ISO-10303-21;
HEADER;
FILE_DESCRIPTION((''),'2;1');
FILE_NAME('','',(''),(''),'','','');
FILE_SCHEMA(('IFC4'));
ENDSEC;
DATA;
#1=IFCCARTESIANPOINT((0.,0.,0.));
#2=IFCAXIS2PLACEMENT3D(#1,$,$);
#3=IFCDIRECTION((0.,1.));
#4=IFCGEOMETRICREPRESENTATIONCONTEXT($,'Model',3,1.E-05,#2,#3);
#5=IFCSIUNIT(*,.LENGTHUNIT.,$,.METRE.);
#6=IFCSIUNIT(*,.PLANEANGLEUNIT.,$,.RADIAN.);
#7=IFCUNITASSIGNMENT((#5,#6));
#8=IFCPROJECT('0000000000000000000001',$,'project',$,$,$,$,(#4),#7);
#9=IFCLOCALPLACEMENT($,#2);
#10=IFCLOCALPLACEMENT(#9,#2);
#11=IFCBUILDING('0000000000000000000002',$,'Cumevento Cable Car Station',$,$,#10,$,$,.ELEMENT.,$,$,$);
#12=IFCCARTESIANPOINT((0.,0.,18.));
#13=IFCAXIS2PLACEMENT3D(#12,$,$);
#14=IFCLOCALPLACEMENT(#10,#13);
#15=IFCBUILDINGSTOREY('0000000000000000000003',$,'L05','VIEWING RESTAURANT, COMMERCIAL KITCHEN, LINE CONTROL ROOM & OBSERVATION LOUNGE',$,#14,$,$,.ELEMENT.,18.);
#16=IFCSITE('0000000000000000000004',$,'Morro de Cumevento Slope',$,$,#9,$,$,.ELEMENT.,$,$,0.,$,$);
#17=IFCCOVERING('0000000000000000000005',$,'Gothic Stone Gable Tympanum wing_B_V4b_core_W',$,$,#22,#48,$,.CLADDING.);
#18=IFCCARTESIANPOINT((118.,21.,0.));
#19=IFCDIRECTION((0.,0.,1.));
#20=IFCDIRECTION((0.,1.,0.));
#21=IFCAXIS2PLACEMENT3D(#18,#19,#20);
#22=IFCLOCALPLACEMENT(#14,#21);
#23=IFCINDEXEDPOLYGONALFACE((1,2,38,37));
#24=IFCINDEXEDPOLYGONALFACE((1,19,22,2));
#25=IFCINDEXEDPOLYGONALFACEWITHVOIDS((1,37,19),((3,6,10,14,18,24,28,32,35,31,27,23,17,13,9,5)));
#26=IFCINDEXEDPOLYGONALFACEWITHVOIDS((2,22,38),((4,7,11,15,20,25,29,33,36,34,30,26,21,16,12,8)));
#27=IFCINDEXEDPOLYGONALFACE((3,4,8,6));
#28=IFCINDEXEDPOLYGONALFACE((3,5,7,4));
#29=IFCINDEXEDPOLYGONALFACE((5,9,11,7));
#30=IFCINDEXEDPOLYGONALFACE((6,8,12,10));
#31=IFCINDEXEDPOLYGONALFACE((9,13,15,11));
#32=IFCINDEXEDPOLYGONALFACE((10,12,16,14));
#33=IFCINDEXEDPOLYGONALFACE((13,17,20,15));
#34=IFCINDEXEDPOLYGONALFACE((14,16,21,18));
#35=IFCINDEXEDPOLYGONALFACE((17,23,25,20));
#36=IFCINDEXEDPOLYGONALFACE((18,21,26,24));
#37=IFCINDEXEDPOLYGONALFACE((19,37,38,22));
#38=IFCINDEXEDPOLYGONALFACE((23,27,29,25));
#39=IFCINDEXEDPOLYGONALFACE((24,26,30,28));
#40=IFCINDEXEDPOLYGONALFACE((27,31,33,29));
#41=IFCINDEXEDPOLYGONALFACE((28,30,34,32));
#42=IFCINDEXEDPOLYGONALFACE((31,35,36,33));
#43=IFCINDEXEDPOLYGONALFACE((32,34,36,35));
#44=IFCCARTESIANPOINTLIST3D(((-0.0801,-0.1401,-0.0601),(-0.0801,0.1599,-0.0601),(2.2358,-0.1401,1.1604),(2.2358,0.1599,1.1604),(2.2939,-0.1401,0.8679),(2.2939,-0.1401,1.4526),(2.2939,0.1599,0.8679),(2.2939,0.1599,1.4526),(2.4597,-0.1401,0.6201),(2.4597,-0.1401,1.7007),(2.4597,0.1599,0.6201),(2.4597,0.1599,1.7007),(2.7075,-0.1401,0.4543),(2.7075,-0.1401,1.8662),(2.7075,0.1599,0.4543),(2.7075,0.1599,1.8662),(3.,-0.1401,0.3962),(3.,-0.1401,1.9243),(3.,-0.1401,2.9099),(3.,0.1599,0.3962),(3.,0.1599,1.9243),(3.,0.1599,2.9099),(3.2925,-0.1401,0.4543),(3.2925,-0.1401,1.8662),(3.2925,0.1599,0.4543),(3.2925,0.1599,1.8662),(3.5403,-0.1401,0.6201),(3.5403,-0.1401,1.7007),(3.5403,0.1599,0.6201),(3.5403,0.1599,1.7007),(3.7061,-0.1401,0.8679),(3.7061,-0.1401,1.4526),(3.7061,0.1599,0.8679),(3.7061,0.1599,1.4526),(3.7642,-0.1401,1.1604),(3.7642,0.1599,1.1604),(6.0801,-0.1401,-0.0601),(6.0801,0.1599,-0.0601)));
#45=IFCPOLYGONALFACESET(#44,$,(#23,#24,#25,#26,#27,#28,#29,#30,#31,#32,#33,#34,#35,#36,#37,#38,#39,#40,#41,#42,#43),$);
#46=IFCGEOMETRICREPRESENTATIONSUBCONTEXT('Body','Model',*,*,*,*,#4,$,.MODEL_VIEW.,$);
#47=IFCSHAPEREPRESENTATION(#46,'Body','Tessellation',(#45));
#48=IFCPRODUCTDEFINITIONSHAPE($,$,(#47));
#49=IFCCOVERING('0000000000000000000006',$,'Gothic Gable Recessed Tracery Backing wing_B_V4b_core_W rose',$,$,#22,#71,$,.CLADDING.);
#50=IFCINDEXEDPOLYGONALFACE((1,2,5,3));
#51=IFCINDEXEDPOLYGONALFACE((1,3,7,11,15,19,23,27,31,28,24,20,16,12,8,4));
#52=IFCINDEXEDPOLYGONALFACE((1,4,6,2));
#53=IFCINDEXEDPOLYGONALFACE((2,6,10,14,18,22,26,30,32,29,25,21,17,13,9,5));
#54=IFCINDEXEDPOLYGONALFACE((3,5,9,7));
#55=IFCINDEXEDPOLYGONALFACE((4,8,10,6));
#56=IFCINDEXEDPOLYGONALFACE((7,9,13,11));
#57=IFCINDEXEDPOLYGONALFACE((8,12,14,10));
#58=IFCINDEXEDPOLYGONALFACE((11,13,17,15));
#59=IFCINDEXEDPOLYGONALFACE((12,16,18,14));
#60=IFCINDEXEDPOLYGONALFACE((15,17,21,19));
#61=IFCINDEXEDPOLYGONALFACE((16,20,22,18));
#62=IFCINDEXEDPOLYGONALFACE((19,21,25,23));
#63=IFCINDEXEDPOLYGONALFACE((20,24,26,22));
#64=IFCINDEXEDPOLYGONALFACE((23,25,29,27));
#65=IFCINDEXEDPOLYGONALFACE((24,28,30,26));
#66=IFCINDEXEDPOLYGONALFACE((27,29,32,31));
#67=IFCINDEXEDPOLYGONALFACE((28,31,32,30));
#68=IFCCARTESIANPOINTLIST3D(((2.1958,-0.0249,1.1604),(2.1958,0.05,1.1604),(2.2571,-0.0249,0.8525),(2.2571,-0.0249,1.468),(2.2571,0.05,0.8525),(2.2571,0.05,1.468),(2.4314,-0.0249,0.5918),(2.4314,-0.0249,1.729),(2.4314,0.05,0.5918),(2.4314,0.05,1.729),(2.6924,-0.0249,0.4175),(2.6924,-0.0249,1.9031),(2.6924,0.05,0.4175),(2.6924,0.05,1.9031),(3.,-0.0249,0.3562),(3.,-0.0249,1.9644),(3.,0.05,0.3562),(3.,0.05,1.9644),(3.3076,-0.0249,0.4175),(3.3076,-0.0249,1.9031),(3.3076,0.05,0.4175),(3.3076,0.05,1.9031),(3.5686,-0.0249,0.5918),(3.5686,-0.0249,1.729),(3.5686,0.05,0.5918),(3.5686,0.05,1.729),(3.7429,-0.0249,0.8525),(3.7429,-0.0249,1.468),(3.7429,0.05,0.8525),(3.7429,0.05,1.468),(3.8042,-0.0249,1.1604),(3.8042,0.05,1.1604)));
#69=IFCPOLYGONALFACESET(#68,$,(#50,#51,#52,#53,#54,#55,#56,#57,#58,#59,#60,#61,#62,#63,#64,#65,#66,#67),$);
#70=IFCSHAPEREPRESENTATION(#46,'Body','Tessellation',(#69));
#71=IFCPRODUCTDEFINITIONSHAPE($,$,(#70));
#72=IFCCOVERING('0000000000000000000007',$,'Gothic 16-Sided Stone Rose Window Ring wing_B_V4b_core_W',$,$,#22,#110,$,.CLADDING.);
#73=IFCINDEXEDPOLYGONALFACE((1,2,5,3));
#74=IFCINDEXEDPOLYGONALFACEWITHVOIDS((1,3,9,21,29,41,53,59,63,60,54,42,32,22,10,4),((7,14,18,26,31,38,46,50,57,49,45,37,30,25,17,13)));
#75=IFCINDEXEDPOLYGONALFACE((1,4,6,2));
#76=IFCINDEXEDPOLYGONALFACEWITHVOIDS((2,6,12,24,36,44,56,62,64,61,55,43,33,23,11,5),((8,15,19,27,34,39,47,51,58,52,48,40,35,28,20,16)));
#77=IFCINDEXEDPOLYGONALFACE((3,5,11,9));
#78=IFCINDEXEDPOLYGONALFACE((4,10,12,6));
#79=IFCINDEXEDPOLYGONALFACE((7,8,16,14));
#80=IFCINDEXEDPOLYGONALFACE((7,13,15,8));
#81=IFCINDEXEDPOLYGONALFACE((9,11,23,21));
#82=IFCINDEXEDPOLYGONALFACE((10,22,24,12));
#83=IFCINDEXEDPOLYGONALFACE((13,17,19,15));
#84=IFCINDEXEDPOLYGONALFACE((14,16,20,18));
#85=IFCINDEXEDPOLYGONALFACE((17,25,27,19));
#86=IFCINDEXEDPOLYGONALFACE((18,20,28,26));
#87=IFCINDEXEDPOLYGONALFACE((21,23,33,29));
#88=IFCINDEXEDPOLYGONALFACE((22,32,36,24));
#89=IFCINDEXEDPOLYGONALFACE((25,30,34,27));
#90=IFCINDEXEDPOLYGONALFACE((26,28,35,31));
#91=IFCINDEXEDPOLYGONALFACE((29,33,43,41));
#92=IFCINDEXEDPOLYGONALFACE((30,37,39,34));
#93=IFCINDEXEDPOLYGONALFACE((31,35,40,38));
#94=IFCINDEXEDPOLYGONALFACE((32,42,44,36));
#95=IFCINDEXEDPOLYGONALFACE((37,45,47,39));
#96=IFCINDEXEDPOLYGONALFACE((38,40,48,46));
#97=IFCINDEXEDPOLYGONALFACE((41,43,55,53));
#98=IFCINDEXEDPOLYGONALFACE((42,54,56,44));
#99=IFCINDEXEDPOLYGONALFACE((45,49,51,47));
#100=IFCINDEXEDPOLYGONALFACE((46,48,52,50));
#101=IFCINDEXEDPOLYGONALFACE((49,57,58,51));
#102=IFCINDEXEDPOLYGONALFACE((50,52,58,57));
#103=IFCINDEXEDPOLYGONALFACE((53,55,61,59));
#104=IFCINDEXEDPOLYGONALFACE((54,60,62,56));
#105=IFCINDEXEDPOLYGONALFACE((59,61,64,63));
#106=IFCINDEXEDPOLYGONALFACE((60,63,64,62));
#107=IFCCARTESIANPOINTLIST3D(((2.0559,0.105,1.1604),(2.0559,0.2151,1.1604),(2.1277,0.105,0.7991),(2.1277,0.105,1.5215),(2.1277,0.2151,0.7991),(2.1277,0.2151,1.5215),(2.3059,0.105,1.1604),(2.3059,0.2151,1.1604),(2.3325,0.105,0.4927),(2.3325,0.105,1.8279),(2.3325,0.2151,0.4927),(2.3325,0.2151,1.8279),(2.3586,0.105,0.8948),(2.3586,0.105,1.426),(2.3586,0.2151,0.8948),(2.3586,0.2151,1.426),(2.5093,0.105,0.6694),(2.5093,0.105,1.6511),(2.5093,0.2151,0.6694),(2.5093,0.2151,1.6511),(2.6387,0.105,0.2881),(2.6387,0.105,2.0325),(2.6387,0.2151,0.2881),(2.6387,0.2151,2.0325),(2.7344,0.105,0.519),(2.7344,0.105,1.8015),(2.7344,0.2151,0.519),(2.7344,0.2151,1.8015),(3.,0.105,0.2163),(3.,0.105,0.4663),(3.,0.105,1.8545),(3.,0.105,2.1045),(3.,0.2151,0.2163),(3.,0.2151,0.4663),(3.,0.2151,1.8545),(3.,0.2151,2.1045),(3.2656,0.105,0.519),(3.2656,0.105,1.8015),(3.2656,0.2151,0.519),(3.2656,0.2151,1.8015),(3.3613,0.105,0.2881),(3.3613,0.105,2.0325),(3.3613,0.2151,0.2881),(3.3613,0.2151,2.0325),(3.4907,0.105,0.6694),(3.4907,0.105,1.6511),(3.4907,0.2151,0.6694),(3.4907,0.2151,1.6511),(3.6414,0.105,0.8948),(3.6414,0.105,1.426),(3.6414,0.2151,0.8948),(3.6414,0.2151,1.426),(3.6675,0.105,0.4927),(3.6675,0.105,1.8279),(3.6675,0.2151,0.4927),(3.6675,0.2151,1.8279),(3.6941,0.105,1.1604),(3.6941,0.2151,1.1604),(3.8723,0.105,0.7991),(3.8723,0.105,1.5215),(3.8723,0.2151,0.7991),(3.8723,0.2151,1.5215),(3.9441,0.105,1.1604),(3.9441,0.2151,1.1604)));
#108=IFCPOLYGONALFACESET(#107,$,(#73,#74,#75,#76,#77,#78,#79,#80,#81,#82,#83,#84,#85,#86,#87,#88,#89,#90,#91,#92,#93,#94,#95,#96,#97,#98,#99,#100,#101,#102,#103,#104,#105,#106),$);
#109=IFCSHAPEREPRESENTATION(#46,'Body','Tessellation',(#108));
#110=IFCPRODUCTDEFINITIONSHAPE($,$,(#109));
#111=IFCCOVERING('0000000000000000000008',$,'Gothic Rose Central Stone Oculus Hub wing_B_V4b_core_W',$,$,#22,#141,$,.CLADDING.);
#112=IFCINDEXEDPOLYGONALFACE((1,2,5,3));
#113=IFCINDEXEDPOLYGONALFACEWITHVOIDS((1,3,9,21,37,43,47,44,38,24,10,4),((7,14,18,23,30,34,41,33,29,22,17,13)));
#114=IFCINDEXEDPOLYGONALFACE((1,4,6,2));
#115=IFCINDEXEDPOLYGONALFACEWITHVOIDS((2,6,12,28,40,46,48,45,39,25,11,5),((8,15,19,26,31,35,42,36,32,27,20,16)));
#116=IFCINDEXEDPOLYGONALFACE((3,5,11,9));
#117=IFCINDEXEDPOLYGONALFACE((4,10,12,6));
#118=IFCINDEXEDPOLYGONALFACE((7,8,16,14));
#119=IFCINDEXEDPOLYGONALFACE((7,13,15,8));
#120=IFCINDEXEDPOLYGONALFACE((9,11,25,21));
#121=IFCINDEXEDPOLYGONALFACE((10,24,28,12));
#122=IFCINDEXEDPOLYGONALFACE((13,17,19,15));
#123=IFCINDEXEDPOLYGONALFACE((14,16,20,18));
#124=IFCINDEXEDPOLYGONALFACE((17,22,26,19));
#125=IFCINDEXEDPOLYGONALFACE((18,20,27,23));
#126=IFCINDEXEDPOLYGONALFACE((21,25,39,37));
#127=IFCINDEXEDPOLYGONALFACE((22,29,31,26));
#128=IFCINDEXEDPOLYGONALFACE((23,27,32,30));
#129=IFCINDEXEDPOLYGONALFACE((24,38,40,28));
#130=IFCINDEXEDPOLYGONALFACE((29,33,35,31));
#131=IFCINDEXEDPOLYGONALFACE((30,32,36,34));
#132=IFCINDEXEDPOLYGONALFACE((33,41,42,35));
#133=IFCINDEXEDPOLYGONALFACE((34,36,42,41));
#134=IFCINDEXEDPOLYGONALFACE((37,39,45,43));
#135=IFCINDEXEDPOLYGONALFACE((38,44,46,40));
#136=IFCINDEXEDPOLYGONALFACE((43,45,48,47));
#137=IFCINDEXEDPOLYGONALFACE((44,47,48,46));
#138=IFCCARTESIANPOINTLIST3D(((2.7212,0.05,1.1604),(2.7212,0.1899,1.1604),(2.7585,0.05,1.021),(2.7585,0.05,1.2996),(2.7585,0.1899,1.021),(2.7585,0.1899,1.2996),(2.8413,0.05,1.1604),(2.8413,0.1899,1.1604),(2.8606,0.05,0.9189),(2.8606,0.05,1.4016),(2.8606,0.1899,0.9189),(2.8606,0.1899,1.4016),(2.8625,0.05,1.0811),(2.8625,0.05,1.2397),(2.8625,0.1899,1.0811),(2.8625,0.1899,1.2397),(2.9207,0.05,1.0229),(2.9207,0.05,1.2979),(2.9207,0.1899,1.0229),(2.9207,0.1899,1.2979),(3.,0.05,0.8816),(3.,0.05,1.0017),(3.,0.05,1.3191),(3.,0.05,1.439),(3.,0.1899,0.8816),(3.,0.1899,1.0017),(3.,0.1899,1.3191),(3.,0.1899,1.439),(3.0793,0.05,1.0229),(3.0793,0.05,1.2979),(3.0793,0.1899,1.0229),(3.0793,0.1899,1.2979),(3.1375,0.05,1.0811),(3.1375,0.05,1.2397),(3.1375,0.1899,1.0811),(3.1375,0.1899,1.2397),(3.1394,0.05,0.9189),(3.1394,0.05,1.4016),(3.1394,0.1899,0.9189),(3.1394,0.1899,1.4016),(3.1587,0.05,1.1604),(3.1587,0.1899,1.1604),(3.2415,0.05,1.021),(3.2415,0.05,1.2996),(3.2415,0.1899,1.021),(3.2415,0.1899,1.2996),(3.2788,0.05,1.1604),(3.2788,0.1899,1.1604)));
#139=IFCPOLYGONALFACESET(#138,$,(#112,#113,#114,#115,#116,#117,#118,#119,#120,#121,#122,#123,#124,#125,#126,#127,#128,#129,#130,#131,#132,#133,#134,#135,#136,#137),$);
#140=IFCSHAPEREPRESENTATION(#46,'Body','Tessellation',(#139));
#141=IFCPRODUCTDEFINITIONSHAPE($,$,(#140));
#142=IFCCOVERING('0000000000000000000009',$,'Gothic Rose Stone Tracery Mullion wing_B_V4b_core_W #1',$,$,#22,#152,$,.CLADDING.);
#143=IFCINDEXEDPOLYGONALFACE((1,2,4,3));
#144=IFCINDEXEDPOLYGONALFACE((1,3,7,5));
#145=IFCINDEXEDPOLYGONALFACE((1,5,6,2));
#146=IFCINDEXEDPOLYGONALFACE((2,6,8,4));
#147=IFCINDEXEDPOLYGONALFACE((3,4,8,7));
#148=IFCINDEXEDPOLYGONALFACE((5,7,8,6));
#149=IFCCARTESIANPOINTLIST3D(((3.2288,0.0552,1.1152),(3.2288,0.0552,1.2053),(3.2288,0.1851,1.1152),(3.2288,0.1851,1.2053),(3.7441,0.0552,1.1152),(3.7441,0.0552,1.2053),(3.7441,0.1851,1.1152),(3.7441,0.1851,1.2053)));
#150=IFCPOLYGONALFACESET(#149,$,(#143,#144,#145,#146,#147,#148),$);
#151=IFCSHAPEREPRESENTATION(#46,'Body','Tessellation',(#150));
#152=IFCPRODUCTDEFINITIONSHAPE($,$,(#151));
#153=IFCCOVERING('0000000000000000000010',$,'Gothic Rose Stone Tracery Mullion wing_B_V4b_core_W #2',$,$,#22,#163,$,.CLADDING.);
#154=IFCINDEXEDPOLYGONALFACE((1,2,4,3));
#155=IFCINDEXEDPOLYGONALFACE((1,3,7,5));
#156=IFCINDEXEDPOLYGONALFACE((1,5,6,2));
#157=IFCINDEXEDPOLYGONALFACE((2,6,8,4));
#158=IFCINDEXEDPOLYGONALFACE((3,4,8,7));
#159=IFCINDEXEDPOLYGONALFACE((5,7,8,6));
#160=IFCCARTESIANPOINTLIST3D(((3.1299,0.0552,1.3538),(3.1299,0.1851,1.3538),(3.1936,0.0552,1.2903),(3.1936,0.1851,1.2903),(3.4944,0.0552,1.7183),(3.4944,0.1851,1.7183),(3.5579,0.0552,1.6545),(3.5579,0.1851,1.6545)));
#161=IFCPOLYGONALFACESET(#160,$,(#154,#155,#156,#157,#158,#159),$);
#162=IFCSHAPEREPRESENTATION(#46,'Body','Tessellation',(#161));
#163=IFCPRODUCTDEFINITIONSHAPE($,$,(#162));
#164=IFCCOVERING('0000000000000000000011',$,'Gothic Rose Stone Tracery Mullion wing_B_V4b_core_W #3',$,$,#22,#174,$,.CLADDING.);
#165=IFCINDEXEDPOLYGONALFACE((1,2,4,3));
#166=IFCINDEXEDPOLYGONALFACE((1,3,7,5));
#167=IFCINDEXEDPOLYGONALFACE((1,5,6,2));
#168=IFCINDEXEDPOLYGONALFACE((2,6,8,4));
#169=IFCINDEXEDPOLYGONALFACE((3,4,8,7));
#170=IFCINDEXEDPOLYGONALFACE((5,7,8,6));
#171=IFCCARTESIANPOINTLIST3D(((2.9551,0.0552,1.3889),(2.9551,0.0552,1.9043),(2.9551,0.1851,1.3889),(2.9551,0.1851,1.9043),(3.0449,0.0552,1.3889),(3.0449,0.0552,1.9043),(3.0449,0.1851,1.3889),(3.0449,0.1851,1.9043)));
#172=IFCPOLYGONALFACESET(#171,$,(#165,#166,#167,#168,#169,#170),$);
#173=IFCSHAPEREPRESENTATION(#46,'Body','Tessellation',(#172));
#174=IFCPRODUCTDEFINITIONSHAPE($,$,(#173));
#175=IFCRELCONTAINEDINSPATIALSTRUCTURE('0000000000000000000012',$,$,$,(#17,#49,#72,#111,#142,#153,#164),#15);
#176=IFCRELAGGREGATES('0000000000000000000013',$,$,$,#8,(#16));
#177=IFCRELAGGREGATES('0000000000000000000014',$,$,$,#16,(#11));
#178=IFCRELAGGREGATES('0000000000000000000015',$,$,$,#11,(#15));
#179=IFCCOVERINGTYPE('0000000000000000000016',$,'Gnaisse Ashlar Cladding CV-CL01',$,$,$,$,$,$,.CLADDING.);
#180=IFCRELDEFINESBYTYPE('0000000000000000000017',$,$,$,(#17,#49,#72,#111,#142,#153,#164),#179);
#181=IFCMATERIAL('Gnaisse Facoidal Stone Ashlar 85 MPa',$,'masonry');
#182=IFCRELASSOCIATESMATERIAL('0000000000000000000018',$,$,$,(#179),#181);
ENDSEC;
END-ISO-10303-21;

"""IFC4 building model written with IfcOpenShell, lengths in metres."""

from ifc_helpers import new_model, si_unit, direction, frame, origin, place, context, subcontext, project, spatial, polyline, outline, extrude, material, type_object, element, save


model = new_model("IFC4")

# Units and contexts
model_context = context("Model", 3, precision=1e-05, world=origin(), true_north=direction((0.0, 1.0)))
body_context = subcontext(model_context, "Body", "Model", "MODEL_VIEW")
ifc_project = project(units=[si_unit("LENGTHUNIT", "METRE"), si_unit("PLANEANGLEUNIT", "RADIAN")], contexts=[model_context])

# Site, building, storey
site_placement = place(None, origin())
site = spatial("IfcSite", under=ifc_project, at=site_placement, Name="Morro de Cumevento Slope", CompositionType="ELEMENT", RefElevation=0.0)
building_placement = place(site_placement, origin())
building = spatial("IfcBuilding", under=site, at=building_placement, Name="Cumevento Cable Car Station", CompositionType="ELEMENT")
storey_placement = place(building_placement, frame((0.0, 0.0, 18.0)))
storey = spatial("IfcBuildingStorey", under=building, at=storey_placement, Name="L05", Description="VIEWING RESTAURANT, COMMERCIAL KITCHEN, LINE CONTROL ROOM & OBSERVATION LOUNGE", CompositionType="ELEMENT", Elevation=18.0)

# Coverings
ifc_material_1 = material(Name="Gnaisse Facoidal Stone Ashlar 85 MPa", Category="masonry")
covering_type_1 = type_object("IfcCoveringType", Name="Gnaisse Ashlar Cladding CV-CL01", PredefinedType="CLADDING", material=ifc_material_1)
placement = place(storey_placement, frame((118.0, 21.0, 0.0), z_axis=(0.0, 0.0, 1.0), x_axis=(0.0, 1.0, 0.0)))
element("IfcCovering", 1, at=placement, inside=storey, type_object=covering_type_1, Name="Gothic Stone Gable Tympanum wing_B_V4b_core_W", PredefinedType="CLADDING", context=body_context, shape_type="SweptSolid", body=[
    extrude(outline(polyline([(-0.0801, -0.0601), (6.0801, -0.0601), (3.0, 2.9099), (-0.0801, -0.0601)]), holes=[polyline([(3.7642, 1.1604), (3.7061, 1.4526), (3.5403, 1.7007), (3.2925, 1.8662), (3.0, 1.9243), (2.7075, 1.8662), (2.4597, 1.7007), (2.2939, 1.4526), (2.2358, 1.1604), (2.2939, 0.8679), (2.4597, 0.6201), (2.7075, 0.4543), (3.0, 0.3962), (3.2925, 0.4543), (3.5403, 0.6201), (3.7061, 0.8679), (3.7642, 1.1604)])]), frame((0.0, 0.1599, 0.0), z_axis=(0.0, -1.0, 0.0), x_axis=(1.0, 0.0, 0.0)), (0.0, 0.0, 1.0), 0.3),
])
element("IfcCovering", 2, at=placement, inside=storey, type_object=covering_type_1, Name="Gothic Gable Recessed Tracery Backing wing_B_V4b_core_W rose", PredefinedType="CLADDING", context=body_context, shape_type="SweptSolid", body=[
    extrude(outline(polyline([(3.8042, 1.1604), (3.7429, 1.468), (3.5686, 1.729), (3.3076, 1.9031), (3.0, 1.9644), (2.6924, 1.9031), (2.4314, 1.729), (2.2571, 1.468), (2.1958, 1.1604), (2.2571, 0.8525), (2.4314, 0.5918), (2.6924, 0.4175), (3.0, 0.3562), (3.3076, 0.4175), (3.5686, 0.5918), (3.7429, 0.8525), (3.8042, 1.1604)])), frame((0.0, 0.05, 0.0), z_axis=(0.0, -1.0, 0.0), x_axis=(1.0, 0.0, 0.0)), (0.0, 0.0, 1.0), 0.075),
])
element("IfcCovering", 3, at=placement, inside=storey, type_object=covering_type_1, Name="Gothic 16-Sided Stone Rose Window Ring wing_B_V4b_core_W", PredefinedType="CLADDING", context=body_context, shape_type="SweptSolid", body=[
    extrude(outline(polyline([(3.9441, 1.1604), (3.8723, 1.5215), (3.6675, 1.8279), (3.3613, 2.0325), (3.0, 2.1045), (2.6387, 2.0325), (2.3325, 1.8279), (2.1277, 1.5215), (2.0559, 1.1604), (2.1277, 0.7991), (2.3325, 0.4927), (2.6387, 0.2881), (3.0, 0.2163), (3.3613, 0.2881), (3.6675, 0.4927), (3.8723, 0.7991), (3.9441, 1.1604)]), holes=[polyline([(3.6941, 1.1604), (3.6414, 1.426), (3.4907, 1.6511), (3.2656, 1.8015), (3.0, 1.8545), (2.7344, 1.8015), (2.5093, 1.6511), (2.3586, 1.426), (2.3059, 1.1604), (2.3586, 0.8948), (2.5093, 0.6694), (2.7344, 0.519), (3.0, 0.4663), (3.2656, 0.519), (3.4907, 0.6694), (3.6414, 0.8948), (3.6941, 1.1604)])]), frame((0.0, 0.2151, 0.0), z_axis=(0.0, -1.0, 0.0), x_axis=(1.0, 0.0, 0.0)), (0.0, 0.0, 1.0), 0.1101),
])
element("IfcCovering", 4, at=placement, inside=storey, type_object=covering_type_1, Name="Gothic Rose Central Stone Oculus Hub wing_B_V4b_core_W", PredefinedType="CLADDING", context=body_context, shape_type="SweptSolid", body=[
    extrude(outline(polyline([(3.2788, 1.1604), (3.2415, 1.2996), (3.1394, 1.4016), (3.0, 1.439), (2.8606, 1.4016), (2.7585, 1.2996), (2.7212, 1.1604), (2.7585, 1.021), (2.8606, 0.9189), (3.0, 0.8816), (3.1394, 0.9189), (3.2415, 1.021), (3.2788, 1.1604)]), holes=[polyline([(3.1587, 1.1604), (3.1375, 1.2397), (3.0793, 1.2979), (3.0, 1.3191), (2.9207, 1.2979), (2.8625, 1.2397), (2.8413, 1.1604), (2.8625, 1.0811), (2.9207, 1.0229), (3.0, 1.0017), (3.0793, 1.0229), (3.1375, 1.0811), (3.1587, 1.1604)])]), frame((0.0, 0.1899, 0.0), z_axis=(0.0, -1.0, 0.0), x_axis=(1.0, 0.0, 0.0)), (0.0, 0.0, 1.0), 0.1399),
])
element("IfcCovering", 5, at=placement, inside=storey, type_object=covering_type_1, Name="Gothic Rose Stone Tracery Mullion wing_B_V4b_core_W #1", PredefinedType="CLADDING", context=body_context, shape_type="SweptSolid", body=[
    extrude(outline(polyline([(3.2288, 1.2053), (3.7441, 1.2053), (3.7441, 1.1152), (3.2288, 1.1152), (3.2288, 1.2053)])), frame((0.0, 0.1851, 0.0), z_axis=(0.0, -1.0, 0.0), x_axis=(1.0, 0.0, 0.0)), (0.0, 0.0, 1.0), 0.1299),
])
element("IfcCovering", 6, at=placement, inside=storey, type_object=covering_type_1, Name="Gothic Rose Stone Tracery Mullion wing_B_V4b_core_W #2", PredefinedType="CLADDING", context=body_context, shape_type="SweptSolid", body=[
    extrude(outline(polyline([(3.1299, 1.3538), (3.4944, 1.7183), (3.5579, 1.6545), (3.1936, 1.2903), (3.1299, 1.3538)])), frame((0.0, 0.1851, 0.0), z_axis=(0.0, -1.0, 0.0), x_axis=(1.0, 0.0, 0.0)), (0.0, 0.0, 1.0), 0.1299),
])
element("IfcCovering", 7, at=placement, inside=storey, type_object=covering_type_1, Name="Gothic Rose Stone Tracery Mullion wing_B_V4b_core_W #3", PredefinedType="CLADDING", context=body_context, shape_type="SweptSolid", body=[
    extrude(outline(polyline([(2.9551, 1.3889), (2.9551, 1.9043), (3.0449, 1.9043), (3.0449, 1.3889), (2.9551, 1.3889)])), frame((0.0, 0.1851, 0.0), z_axis=(0.0, -1.0, 0.0), x_axis=(1.0, 0.0, 0.0)), (0.0, 0.0, 1.0), 0.1299),
])

save(model, "model.ifc")
